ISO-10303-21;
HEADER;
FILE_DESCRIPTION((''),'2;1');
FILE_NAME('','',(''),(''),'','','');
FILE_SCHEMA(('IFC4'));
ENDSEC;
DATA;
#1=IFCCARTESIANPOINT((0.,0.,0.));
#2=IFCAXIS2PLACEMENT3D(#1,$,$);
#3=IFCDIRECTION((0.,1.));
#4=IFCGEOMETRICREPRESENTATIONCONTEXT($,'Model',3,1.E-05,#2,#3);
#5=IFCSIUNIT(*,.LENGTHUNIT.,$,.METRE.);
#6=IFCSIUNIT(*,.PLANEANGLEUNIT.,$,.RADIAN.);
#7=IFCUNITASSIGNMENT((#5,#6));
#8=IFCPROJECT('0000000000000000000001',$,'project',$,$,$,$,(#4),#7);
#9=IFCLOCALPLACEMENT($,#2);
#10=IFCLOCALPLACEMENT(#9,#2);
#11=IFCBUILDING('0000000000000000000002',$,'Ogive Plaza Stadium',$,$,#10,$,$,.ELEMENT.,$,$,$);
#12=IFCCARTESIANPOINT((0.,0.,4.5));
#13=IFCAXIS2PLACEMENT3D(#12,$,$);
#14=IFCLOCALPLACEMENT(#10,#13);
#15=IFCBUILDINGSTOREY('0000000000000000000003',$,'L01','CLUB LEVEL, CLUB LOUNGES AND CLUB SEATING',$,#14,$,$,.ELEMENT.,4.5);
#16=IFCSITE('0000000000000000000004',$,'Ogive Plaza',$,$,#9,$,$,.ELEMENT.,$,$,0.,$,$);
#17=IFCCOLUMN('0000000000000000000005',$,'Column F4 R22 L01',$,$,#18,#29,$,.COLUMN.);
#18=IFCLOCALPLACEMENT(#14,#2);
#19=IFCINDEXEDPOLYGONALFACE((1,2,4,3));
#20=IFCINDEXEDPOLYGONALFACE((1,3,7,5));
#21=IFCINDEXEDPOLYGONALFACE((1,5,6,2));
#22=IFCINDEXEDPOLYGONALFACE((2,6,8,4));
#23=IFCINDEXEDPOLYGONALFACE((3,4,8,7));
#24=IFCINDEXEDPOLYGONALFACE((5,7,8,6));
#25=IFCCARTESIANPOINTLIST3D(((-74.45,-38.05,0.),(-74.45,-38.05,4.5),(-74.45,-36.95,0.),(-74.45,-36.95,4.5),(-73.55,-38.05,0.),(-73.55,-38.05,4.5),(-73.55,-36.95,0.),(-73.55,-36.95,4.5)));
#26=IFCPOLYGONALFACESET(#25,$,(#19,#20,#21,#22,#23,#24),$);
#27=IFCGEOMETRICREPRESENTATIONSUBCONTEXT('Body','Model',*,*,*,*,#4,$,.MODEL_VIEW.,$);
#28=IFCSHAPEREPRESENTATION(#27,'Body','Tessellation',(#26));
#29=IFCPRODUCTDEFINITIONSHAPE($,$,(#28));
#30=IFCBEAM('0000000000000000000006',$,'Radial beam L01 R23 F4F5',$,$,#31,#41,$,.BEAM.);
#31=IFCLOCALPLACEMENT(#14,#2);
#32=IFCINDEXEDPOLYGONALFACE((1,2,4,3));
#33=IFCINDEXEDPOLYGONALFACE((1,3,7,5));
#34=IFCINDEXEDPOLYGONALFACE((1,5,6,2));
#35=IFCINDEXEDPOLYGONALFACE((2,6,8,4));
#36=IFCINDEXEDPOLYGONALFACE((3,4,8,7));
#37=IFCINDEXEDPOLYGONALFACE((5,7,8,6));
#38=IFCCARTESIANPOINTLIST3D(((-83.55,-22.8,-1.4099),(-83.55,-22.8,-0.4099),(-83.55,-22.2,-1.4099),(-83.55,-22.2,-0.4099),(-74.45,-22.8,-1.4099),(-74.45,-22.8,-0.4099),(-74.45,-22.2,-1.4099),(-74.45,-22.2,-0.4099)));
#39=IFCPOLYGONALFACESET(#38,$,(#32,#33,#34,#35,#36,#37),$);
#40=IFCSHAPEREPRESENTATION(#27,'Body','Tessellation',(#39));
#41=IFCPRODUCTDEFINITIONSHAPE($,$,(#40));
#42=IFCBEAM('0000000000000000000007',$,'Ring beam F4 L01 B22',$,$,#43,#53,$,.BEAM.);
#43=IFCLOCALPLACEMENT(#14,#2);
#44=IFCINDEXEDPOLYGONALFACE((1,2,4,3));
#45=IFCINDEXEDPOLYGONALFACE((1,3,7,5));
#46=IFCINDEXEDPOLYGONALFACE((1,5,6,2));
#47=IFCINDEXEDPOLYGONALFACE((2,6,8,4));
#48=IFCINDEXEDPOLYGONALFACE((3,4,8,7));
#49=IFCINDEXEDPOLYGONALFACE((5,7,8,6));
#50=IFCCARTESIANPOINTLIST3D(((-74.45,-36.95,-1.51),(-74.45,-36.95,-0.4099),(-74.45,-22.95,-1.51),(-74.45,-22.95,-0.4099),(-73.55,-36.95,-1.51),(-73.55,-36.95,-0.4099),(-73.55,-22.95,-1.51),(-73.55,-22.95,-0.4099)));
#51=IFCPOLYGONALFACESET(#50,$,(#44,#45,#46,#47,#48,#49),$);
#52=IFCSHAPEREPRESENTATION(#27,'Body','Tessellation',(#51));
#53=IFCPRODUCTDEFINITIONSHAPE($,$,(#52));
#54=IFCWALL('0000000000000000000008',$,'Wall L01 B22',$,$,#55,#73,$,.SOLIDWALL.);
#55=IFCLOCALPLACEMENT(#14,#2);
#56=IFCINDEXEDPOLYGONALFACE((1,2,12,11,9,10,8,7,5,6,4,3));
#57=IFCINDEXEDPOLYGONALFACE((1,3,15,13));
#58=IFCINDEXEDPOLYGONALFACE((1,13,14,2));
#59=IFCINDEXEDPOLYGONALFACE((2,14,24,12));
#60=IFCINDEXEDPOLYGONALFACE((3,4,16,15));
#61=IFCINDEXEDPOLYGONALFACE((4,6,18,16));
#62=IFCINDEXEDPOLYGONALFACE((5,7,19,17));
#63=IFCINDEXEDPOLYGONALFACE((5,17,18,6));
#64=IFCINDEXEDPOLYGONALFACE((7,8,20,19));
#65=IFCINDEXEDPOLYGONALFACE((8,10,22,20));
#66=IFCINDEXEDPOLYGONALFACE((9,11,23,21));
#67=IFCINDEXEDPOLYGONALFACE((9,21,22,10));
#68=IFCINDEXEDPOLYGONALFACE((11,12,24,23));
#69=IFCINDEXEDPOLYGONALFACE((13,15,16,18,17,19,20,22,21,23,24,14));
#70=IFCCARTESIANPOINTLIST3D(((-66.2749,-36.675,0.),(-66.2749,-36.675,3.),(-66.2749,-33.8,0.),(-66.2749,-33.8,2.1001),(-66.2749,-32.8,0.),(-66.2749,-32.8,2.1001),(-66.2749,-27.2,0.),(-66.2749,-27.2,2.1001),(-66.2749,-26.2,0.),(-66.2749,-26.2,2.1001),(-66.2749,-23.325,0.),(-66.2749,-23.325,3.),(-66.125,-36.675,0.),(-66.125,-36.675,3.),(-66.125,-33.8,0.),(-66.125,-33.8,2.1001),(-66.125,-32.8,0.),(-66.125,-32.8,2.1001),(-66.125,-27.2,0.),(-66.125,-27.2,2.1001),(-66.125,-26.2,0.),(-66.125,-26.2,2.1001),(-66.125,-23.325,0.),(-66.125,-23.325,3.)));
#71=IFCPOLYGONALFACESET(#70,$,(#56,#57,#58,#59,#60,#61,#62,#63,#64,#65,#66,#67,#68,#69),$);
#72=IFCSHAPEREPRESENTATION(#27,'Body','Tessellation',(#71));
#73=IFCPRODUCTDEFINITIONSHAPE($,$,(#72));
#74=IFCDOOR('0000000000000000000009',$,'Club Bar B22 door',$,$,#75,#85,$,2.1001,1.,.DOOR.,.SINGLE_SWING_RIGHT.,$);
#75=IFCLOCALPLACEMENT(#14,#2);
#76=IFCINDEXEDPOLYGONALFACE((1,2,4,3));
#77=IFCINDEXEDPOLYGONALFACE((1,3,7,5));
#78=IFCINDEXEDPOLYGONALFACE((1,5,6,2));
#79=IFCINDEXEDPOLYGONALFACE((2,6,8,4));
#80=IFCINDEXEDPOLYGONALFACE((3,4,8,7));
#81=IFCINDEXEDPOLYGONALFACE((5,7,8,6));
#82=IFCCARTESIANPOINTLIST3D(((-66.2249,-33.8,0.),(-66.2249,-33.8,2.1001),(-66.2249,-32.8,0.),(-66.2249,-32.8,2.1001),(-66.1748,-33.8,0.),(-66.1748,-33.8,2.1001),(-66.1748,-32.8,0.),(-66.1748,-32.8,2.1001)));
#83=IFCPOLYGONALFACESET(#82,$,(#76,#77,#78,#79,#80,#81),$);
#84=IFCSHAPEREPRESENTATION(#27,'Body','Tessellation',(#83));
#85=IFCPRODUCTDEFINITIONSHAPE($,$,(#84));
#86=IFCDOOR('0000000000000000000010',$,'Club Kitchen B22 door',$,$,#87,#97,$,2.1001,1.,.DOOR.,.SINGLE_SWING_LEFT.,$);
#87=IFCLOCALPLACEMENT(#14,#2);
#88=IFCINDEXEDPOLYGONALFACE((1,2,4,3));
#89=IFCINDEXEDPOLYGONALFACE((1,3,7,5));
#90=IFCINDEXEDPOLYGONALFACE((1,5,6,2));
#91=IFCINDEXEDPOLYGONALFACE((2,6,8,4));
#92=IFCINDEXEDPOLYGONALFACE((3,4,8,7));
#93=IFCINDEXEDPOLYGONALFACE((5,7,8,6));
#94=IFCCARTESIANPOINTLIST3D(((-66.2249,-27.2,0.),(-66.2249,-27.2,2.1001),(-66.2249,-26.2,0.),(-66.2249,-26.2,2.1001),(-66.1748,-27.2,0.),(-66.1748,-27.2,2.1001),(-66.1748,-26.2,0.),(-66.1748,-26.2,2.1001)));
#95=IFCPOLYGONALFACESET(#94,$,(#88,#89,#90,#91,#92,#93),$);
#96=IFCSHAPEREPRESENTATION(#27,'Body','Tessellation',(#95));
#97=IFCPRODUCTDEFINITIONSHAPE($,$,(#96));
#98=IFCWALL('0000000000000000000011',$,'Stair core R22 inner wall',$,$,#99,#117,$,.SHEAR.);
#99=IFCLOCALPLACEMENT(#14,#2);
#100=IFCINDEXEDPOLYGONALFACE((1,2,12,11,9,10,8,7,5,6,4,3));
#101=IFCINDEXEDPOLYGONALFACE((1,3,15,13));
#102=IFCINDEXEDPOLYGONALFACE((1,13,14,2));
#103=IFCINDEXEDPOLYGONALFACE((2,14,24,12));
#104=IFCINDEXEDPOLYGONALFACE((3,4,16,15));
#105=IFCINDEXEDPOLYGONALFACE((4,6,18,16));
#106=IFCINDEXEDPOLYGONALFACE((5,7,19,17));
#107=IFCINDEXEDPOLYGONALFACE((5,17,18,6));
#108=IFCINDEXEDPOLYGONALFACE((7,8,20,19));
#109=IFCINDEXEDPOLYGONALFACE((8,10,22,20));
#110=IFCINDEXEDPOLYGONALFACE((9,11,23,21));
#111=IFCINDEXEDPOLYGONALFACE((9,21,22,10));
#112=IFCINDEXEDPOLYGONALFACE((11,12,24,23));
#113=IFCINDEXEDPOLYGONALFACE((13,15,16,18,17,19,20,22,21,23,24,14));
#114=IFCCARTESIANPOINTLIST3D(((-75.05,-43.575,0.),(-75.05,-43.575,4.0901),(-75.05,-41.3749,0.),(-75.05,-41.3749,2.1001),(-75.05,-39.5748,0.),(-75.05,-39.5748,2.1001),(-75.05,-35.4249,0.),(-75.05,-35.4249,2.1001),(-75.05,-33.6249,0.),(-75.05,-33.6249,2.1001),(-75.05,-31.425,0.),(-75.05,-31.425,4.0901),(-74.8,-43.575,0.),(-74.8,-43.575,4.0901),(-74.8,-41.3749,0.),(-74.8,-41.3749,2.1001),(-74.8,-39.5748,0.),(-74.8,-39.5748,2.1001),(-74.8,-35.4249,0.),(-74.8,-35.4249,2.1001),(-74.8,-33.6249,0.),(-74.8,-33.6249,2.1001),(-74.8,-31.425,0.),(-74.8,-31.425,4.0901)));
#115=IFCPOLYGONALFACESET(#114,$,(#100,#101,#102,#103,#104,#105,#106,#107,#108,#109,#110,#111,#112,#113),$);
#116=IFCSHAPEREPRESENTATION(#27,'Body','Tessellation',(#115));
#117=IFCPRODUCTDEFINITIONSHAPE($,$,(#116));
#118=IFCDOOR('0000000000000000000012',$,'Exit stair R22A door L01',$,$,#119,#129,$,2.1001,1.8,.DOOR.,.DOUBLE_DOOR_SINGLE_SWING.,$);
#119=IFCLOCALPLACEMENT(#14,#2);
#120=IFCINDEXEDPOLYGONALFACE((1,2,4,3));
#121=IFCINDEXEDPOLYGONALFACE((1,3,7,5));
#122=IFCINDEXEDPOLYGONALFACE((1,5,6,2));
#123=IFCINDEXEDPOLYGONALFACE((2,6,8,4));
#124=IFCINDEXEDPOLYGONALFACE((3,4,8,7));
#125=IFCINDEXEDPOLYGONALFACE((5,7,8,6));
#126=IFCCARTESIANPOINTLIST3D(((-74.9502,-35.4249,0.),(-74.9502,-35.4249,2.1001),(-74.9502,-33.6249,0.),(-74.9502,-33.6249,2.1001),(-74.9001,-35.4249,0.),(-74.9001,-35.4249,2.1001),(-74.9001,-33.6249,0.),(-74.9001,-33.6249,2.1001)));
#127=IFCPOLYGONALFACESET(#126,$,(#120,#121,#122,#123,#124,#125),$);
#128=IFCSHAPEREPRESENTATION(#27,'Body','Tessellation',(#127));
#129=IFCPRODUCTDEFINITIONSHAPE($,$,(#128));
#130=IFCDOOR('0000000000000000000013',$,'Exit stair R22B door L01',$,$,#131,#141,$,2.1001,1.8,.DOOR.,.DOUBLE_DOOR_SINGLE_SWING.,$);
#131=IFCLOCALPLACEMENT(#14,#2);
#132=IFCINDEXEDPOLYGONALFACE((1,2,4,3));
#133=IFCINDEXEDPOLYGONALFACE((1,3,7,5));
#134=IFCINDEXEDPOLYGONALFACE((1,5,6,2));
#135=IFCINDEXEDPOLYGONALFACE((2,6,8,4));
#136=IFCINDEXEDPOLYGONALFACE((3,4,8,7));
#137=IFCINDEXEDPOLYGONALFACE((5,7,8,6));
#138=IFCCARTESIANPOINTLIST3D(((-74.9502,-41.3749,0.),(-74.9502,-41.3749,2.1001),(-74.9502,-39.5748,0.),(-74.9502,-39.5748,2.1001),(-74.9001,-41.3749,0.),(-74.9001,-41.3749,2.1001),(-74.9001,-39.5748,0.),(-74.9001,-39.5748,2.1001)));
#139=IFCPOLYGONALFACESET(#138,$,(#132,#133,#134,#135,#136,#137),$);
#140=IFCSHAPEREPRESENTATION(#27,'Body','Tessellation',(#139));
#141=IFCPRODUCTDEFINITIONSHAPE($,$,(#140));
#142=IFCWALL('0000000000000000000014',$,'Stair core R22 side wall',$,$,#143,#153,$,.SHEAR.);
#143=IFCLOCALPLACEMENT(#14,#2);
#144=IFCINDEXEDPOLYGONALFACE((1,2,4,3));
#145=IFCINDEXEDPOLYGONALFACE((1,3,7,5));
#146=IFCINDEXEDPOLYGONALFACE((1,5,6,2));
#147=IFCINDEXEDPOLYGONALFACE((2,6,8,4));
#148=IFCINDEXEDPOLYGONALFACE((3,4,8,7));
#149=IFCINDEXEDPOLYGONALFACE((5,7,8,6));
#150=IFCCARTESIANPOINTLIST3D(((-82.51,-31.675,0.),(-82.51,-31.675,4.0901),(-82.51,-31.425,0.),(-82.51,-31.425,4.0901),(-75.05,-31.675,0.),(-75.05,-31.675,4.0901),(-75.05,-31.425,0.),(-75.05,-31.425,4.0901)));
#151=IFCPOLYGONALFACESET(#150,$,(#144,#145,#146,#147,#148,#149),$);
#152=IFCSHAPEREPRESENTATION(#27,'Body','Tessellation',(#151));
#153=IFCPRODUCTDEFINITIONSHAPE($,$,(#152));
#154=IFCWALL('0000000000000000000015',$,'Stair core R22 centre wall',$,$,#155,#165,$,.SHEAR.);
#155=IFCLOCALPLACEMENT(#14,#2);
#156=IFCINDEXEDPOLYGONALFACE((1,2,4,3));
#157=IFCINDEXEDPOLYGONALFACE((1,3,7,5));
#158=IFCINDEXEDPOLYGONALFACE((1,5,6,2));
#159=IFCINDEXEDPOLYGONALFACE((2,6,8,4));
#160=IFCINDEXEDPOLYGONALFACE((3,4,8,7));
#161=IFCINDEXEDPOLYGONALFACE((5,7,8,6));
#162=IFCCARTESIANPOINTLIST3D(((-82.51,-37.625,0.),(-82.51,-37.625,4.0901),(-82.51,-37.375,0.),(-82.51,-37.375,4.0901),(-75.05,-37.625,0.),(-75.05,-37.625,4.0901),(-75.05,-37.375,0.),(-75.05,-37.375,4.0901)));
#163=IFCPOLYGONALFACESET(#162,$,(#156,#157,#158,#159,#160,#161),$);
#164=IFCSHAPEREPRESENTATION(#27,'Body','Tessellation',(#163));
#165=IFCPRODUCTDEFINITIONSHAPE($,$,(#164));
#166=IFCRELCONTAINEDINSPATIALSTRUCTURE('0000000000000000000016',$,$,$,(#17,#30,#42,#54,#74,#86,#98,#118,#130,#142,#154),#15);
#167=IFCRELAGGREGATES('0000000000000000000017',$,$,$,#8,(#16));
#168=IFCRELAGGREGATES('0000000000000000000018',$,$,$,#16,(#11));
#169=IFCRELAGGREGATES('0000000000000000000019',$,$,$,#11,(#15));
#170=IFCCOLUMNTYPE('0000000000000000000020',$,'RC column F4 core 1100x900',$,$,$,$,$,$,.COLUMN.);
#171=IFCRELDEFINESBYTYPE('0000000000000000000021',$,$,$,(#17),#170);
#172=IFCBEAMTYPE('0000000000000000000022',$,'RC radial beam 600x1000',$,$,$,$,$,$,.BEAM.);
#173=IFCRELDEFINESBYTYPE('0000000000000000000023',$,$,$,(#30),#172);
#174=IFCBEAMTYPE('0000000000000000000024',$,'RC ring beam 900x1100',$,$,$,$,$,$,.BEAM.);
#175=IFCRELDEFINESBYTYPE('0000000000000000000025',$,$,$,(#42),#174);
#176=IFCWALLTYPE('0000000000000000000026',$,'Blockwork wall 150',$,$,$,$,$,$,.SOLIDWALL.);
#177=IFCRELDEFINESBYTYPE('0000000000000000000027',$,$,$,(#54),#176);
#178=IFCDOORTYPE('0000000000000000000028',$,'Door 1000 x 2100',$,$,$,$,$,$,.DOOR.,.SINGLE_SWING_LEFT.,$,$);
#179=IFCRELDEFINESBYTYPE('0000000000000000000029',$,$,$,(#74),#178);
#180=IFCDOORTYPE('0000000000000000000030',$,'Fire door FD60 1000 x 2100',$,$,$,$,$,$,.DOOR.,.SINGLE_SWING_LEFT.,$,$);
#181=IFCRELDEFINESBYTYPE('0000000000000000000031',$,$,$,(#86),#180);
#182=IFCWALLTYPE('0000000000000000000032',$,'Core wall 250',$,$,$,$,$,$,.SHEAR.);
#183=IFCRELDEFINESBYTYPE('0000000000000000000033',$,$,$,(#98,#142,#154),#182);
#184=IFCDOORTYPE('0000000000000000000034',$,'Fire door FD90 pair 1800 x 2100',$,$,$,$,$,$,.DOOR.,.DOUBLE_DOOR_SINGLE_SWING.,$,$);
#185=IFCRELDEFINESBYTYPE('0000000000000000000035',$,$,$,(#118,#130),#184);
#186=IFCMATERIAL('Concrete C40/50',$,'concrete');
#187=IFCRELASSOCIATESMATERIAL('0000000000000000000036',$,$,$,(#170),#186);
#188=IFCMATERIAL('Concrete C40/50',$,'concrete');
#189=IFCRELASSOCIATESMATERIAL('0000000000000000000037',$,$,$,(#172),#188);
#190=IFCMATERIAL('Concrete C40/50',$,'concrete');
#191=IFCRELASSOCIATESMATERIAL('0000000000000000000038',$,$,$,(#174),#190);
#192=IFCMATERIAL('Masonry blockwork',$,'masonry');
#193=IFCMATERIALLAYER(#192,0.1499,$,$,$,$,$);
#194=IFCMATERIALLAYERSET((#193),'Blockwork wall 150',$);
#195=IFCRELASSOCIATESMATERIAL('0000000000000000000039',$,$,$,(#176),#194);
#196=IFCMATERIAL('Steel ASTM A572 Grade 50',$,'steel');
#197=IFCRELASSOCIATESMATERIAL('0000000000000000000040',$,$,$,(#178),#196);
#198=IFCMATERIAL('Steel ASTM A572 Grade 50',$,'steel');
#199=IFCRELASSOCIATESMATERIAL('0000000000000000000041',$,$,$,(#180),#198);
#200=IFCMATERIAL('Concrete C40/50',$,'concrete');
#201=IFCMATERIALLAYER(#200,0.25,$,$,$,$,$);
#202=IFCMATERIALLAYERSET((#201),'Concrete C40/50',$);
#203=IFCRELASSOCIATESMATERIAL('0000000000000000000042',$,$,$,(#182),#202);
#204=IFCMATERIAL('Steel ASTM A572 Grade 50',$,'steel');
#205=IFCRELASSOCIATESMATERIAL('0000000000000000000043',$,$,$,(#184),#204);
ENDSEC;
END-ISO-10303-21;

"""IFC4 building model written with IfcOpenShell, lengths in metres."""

from ifc_helpers import new_model, si_unit, direction, frame, frame_2d, origin, origin_2d, place, context, subcontext, project, spatial, rectangle, extrude, material, layer, layer_set, material_profile, profile_set, type_object, element, fill, save


model = new_model("IFC4")

# Units and contexts
model_context = context("Model", 3, precision=1e-05, world=origin(), true_north=direction((0.0, 1.0)))
body_context = subcontext(model_context, "Body", "Model", "MODEL_VIEW")
ifc_project = project(units=[si_unit("LENGTHUNIT", "METRE"), si_unit("PLANEANGLEUNIT", "RADIAN")], contexts=[model_context])

# Site, building, storey
site_placement = place(None, origin())
site = spatial("IfcSite", under=ifc_project, at=site_placement, Name="Ogive Plaza", CompositionType="ELEMENT", RefElevation=0.0)
building_placement = place(site_placement, origin())
building = spatial("IfcBuilding", under=site, at=building_placement, Name="Ogive Plaza Stadium", CompositionType="ELEMENT")
storey_placement = place(building_placement, frame((0.0, 0.0, 4.5)))
storey = spatial("IfcBuildingStorey", under=building, at=storey_placement, Name="L01", Description="CLUB LEVEL, CLUB LOUNGES AND CLUB SEATING", CompositionType="ELEMENT", Elevation=4.5)

# Column
ifc_material_1 = material(Name="Concrete C40/50", Category="concrete")
ifc_material_profile_1 = material_profile(ifc_material_1, rectangle(XDim=1.1001, YDim=0.8999, at=origin_2d()), Name="RC 1100x900")
ifc_profile_set_1 = profile_set([ifc_material_profile_1], Name="Concrete C40/50")
column_type = type_object("IfcColumnType", Name="RC column F4 core 1100x900", PredefinedType="COLUMN", material=ifc_profile_set_1)
column_placement = place(storey_placement, frame((-74.0, -37.5, 0.0), z_axis=(0.0, 0.0, 1.0), x_axis=(0.0, -1.0, 0.0)))
element("IfcColumn", 1, at=column_placement, inside=storey, type_object=column_type, Name="Column F4 R22 L01", PredefinedType="COLUMN", context=body_context, shape_type="SweptSolid", body=[
    extrude(rectangle(XDim=1.1001, YDim=0.8999, at=origin_2d()), origin(), (0.0, 0.0, 1.0), 4.5),
])

# Beams
ifc_material_2 = material(Name="Concrete C40/50", Category="concrete")
ifc_material_profile_2 = material_profile(ifc_material_2, rectangle(XDim=0.6001, YDim=1.0, at=origin_2d()), Name="RC 600x1000")
ifc_profile_set_2 = profile_set([ifc_material_profile_2], Name="Concrete C40/50")
beam_type_1 = type_object("IfcBeamType", Name="RC radial beam 600x1000", PredefinedType="BEAM", material=ifc_profile_set_2)
beam_1_placement = place(storey_placement, frame((-74.45, -22.5, -0.9099), z_axis=(-1.0, 0.0, 0.0), x_axis=(0.0, -1.0, 0.0)))
element("IfcBeam", 2, at=beam_1_placement, inside=storey, type_object=beam_type_1, Name="Radial beam L01 R23 F4F5", PredefinedType="BEAM", context=body_context, shape_type="SweptSolid", body=[
    extrude(rectangle(XDim=0.6001, YDim=1.0, at=origin_2d()), origin(), (0.0, 0.0, 1.0), 9.1001),
])
ifc_material_3 = material(Name="Concrete C40/50", Category="concrete")
ifc_material_profile_3 = material_profile(ifc_material_3, rectangle(XDim=0.8999, YDim=1.1001, at=origin_2d()), Name="RC 900x1100")
ifc_profile_set_3 = profile_set([ifc_material_profile_3], Name="Concrete C40/50")
beam_type_2 = type_object("IfcBeamType", Name="RC ring beam 900x1100", PredefinedType="BEAM", material=ifc_profile_set_3)
beam_2_placement = place(storey_placement, frame((-74.0, -36.95, -0.96), z_axis=(0.0, 1.0, 0.0), x_axis=(-1.0, 0.0, 0.0)))
element("IfcBeam", 3, at=beam_2_placement, inside=storey, type_object=beam_type_2, Name="Ring beam F4 L01 B22", PredefinedType="BEAM", context=body_context, shape_type="SweptSolid", body=[
    extrude(rectangle(XDim=0.8999, YDim=1.1001, at=origin_2d()), origin(), (0.0, 0.0, 1.0), 14.0),
])

# Walls, openings, doors
ifc_material_4 = material(Name="Masonry blockwork", Category="masonry")
ifc_layer_1 = layer(ifc_material_4, 0.1499)
ifc_layer_set_1 = layer_set([ifc_layer_1], Name="Blockwork wall 150")
wall_type_1 = type_object("IfcWallType", Name="Blockwork wall 150", PredefinedType="SOLIDWALL", material=ifc_layer_set_1)
wall_1_placement = place(storey_placement, frame((-66.2, -36.675, 0.0), z_axis=(0.0, 0.0, 1.0), x_axis=(0.0, 1.0, 0.0)))
wall_1 = element("IfcWall", 4, at=wall_1_placement, inside=storey, type_object=wall_type_1, Name="Wall L01 B22", PredefinedType="SOLIDWALL", context=body_context, shape_type="SweptSolid", body=[
    extrude(rectangle(XDim=13.3501, YDim=0.1499, at=frame_2d((6.675, 0.0))), origin(), (0.0, 0.0, 1.0), 3.0),
])
opening_1_placement = place(wall_1_placement, frame((2.875, 0.0, 0.0)))
opening_1 = element("IfcOpeningElement", 5, at=opening_1_placement, cuts=wall_1, PredefinedType="OPENING", context=body_context, shape_type="SweptSolid", body=[
    extrude(rectangle(XDim=1.0, YDim=2.1001, at=frame_2d((0.5, 1.05))), frame((0.0, 0.075, 0.0), z_axis=(0.0, -1.0, 0.0), x_axis=(1.0, 0.0, 0.0)), (0.0, 0.0, 1.0), 0.1499),
])
opening_2_placement = place(wall_1_placement, frame((9.4751, 0.0, 0.0)))
opening_2 = element("IfcOpeningElement", 6, at=opening_2_placement, cuts=wall_1, PredefinedType="OPENING", context=body_context, shape_type="SweptSolid", body=[
    extrude(rectangle(XDim=1.0, YDim=2.1001, at=frame_2d((0.5, 1.05))), frame((0.0, 0.075, 0.0), z_axis=(0.0, -1.0, 0.0), x_axis=(1.0, 0.0, 0.0)), (0.0, 0.0, 1.0), 0.1499),
])
ifc_material_5 = material(Name="Steel ASTM A572 Grade 50", Category="steel")
door_type_1 = type_object("IfcDoorType", Name="Door 1000 x 2100", OperationType="SINGLE_SWING_LEFT", PredefinedType="DOOR", material=ifc_material_5)
door_1_placement = place(opening_1_placement, origin())
door_1 = element("IfcDoor", 7, at=door_1_placement, inside=storey, type_object=door_type_1, Name="Club Bar B22 door", OperationType="SINGLE_SWING_RIGHT", OverallHeight=2.1001, OverallWidth=1.0, PredefinedType="DOOR", context=body_context, shape_type="SweptSolid", body=[
    extrude(rectangle(XDim=1.0, YDim=2.1001, at=frame_2d((0.5, 1.05))), frame((0.0, 0.0249, 0.0), z_axis=(0.0, -1.0, 0.0), x_axis=(1.0, 0.0, 0.0)), (0.0, 0.0, 1.0), 0.05),
])
fill(opening_1, door_1)
ifc_material_6 = material(Name="Steel ASTM A572 Grade 50", Category="steel")
door_type_2 = type_object("IfcDoorType", Name="Fire door FD60 1000 x 2100", OperationType="SINGLE_SWING_LEFT", PredefinedType="DOOR", material=ifc_material_6)
door_2_placement = place(opening_2_placement, origin())
door_2 = element("IfcDoor", 8, at=door_2_placement, inside=storey, type_object=door_type_2, Name="Club Kitchen B22 door", OperationType="SINGLE_SWING_LEFT", OverallHeight=2.1001, OverallWidth=1.0, PredefinedType="DOOR", context=body_context, shape_type="SweptSolid", body=[
    extrude(rectangle(XDim=1.0, YDim=2.1001, at=frame_2d((0.5, 1.05))), frame((0.0, 0.0249, 0.0), z_axis=(0.0, -1.0, 0.0), x_axis=(1.0, 0.0, 0.0)), (0.0, 0.0, 1.0), 0.05),
])
fill(opening_2, door_2)
ifc_material_7 = material(Name="Concrete C40/50", Category="concrete")
ifc_layer_2 = layer(ifc_material_7, 0.25)
ifc_layer_set_2 = layer_set([ifc_layer_2], Name="Concrete C40/50")
wall_type_2 = type_object("IfcWallType", Name="Core wall 250", PredefinedType="SHEAR", material=ifc_layer_set_2)
wall_2_placement = place(storey_placement, frame((-74.925, -31.425, 0.0), z_axis=(0.0, 0.0, 1.0), x_axis=(0.0, -1.0, 0.0)))
wall_2 = element("IfcWall", 9, at=wall_2_placement, inside=storey, type_object=wall_type_2, Name="Stair core R22 inner wall", PredefinedType="SHEAR", context=body_context, shape_type="SweptSolid", body=[
    extrude(rectangle(XDim=12.1499, YDim=0.25, at=frame_2d((6.075, 0.0))), origin(), (0.0, 0.0, 1.0), 4.0901),
])
opening_3_placement = place(wall_2_placement, frame((2.2, 0.0, 0.0)))
opening_3 = element("IfcOpeningElement", 10, at=opening_3_placement, cuts=wall_2, PredefinedType="OPENING", context=body_context, shape_type="SweptSolid", body=[
    extrude(rectangle(XDim=1.8, YDim=2.1001, at=frame_2d((0.8999, 1.05))), frame((0.0, 0.125, 0.0), z_axis=(0.0, -1.0, 0.0), x_axis=(1.0, 0.0, 0.0)), (0.0, 0.0, 1.0), 0.25),
])
opening_4_placement = place(wall_2_placement, frame((8.1499, 0.0, 0.0)))
opening_4 = element("IfcOpeningElement", 11, at=opening_4_placement, cuts=wall_2, PredefinedType="OPENING", context=body_context, shape_type="SweptSolid", body=[
    extrude(rectangle(XDim=1.8, YDim=2.1001, at=frame_2d((0.8999, 1.05))), frame((0.0, 0.125, 0.0), z_axis=(0.0, -1.0, 0.0), x_axis=(1.0, 0.0, 0.0)), (0.0, 0.0, 1.0), 0.25),
])
ifc_material_8 = material(Name="Steel ASTM A572 Grade 50", Category="steel")
door_type_3 = type_object("IfcDoorType", Name="Fire door FD90 pair 1800 x 2100", OperationType="DOUBLE_DOOR_SINGLE_SWING", PredefinedType="DOOR", material=ifc_material_8)
door_3_placement = place(opening_3_placement, origin())
door_3 = element("IfcDoor", 12, at=door_3_placement, inside=storey, type_object=door_type_3, Name="Exit stair R22A door L01", OperationType="DOUBLE_DOOR_SINGLE_SWING", OverallHeight=2.1001, OverallWidth=1.8, PredefinedType="DOOR", context=body_context, shape_type="SweptSolid", body=[
    extrude(rectangle(XDim=1.8, YDim=2.1001, at=frame_2d((0.8999, 1.05))), frame((0.0, 0.0249, 0.0), z_axis=(0.0, -1.0, 0.0), x_axis=(1.0, 0.0, 0.0)), (0.0, 0.0, 1.0), 0.05),
])
fill(opening_3, door_3)
door_4_placement = place(opening_4_placement, origin())
door_4 = element("IfcDoor", 13, at=door_4_placement, inside=storey, type_object=door_type_3, Name="Exit stair R22B door L01", OperationType="DOUBLE_DOOR_SINGLE_SWING", OverallHeight=2.1001, OverallWidth=1.8, PredefinedType="DOOR", context=body_context, shape_type="SweptSolid", body=[
    extrude(rectangle(XDim=1.8, YDim=2.1001, at=frame_2d((0.8999, 1.05))), frame((0.0, 0.0249, 0.0), z_axis=(0.0, -1.0, 0.0), x_axis=(1.0, 0.0, 0.0)), (0.0, 0.0, 1.0), 0.05),
])
fill(opening_4, door_4)

# Walls
for number, where, z_axis, x_axis, name in (
    (14, (-75.05, -31.55, 0.0), (0.0, 0.0, 1.0), (-1.0, 0.0, 0.0), "Stair core R22 side wall"),
    (15, (-75.05, -37.5, 0.0), (0.0, 0.0, 1.0), (-1.0, 0.0, 0.0), "Stair core R22 centre wall"),
):
    element("IfcWall", number, at=place(storey_placement, frame(where, z_axis=z_axis, x_axis=x_axis)), inside=storey, type_object=wall_type_2, Name=name, PredefinedType="SHEAR", context=body_context, shape_type="SweptSolid", body=[
        extrude(rectangle(XDim=7.46, YDim=0.25, at=frame_2d((3.73, 0.0))), origin(), (0.0, 0.0, 1.0), 4.0901),
    ])

save(model, "model.ifc")
